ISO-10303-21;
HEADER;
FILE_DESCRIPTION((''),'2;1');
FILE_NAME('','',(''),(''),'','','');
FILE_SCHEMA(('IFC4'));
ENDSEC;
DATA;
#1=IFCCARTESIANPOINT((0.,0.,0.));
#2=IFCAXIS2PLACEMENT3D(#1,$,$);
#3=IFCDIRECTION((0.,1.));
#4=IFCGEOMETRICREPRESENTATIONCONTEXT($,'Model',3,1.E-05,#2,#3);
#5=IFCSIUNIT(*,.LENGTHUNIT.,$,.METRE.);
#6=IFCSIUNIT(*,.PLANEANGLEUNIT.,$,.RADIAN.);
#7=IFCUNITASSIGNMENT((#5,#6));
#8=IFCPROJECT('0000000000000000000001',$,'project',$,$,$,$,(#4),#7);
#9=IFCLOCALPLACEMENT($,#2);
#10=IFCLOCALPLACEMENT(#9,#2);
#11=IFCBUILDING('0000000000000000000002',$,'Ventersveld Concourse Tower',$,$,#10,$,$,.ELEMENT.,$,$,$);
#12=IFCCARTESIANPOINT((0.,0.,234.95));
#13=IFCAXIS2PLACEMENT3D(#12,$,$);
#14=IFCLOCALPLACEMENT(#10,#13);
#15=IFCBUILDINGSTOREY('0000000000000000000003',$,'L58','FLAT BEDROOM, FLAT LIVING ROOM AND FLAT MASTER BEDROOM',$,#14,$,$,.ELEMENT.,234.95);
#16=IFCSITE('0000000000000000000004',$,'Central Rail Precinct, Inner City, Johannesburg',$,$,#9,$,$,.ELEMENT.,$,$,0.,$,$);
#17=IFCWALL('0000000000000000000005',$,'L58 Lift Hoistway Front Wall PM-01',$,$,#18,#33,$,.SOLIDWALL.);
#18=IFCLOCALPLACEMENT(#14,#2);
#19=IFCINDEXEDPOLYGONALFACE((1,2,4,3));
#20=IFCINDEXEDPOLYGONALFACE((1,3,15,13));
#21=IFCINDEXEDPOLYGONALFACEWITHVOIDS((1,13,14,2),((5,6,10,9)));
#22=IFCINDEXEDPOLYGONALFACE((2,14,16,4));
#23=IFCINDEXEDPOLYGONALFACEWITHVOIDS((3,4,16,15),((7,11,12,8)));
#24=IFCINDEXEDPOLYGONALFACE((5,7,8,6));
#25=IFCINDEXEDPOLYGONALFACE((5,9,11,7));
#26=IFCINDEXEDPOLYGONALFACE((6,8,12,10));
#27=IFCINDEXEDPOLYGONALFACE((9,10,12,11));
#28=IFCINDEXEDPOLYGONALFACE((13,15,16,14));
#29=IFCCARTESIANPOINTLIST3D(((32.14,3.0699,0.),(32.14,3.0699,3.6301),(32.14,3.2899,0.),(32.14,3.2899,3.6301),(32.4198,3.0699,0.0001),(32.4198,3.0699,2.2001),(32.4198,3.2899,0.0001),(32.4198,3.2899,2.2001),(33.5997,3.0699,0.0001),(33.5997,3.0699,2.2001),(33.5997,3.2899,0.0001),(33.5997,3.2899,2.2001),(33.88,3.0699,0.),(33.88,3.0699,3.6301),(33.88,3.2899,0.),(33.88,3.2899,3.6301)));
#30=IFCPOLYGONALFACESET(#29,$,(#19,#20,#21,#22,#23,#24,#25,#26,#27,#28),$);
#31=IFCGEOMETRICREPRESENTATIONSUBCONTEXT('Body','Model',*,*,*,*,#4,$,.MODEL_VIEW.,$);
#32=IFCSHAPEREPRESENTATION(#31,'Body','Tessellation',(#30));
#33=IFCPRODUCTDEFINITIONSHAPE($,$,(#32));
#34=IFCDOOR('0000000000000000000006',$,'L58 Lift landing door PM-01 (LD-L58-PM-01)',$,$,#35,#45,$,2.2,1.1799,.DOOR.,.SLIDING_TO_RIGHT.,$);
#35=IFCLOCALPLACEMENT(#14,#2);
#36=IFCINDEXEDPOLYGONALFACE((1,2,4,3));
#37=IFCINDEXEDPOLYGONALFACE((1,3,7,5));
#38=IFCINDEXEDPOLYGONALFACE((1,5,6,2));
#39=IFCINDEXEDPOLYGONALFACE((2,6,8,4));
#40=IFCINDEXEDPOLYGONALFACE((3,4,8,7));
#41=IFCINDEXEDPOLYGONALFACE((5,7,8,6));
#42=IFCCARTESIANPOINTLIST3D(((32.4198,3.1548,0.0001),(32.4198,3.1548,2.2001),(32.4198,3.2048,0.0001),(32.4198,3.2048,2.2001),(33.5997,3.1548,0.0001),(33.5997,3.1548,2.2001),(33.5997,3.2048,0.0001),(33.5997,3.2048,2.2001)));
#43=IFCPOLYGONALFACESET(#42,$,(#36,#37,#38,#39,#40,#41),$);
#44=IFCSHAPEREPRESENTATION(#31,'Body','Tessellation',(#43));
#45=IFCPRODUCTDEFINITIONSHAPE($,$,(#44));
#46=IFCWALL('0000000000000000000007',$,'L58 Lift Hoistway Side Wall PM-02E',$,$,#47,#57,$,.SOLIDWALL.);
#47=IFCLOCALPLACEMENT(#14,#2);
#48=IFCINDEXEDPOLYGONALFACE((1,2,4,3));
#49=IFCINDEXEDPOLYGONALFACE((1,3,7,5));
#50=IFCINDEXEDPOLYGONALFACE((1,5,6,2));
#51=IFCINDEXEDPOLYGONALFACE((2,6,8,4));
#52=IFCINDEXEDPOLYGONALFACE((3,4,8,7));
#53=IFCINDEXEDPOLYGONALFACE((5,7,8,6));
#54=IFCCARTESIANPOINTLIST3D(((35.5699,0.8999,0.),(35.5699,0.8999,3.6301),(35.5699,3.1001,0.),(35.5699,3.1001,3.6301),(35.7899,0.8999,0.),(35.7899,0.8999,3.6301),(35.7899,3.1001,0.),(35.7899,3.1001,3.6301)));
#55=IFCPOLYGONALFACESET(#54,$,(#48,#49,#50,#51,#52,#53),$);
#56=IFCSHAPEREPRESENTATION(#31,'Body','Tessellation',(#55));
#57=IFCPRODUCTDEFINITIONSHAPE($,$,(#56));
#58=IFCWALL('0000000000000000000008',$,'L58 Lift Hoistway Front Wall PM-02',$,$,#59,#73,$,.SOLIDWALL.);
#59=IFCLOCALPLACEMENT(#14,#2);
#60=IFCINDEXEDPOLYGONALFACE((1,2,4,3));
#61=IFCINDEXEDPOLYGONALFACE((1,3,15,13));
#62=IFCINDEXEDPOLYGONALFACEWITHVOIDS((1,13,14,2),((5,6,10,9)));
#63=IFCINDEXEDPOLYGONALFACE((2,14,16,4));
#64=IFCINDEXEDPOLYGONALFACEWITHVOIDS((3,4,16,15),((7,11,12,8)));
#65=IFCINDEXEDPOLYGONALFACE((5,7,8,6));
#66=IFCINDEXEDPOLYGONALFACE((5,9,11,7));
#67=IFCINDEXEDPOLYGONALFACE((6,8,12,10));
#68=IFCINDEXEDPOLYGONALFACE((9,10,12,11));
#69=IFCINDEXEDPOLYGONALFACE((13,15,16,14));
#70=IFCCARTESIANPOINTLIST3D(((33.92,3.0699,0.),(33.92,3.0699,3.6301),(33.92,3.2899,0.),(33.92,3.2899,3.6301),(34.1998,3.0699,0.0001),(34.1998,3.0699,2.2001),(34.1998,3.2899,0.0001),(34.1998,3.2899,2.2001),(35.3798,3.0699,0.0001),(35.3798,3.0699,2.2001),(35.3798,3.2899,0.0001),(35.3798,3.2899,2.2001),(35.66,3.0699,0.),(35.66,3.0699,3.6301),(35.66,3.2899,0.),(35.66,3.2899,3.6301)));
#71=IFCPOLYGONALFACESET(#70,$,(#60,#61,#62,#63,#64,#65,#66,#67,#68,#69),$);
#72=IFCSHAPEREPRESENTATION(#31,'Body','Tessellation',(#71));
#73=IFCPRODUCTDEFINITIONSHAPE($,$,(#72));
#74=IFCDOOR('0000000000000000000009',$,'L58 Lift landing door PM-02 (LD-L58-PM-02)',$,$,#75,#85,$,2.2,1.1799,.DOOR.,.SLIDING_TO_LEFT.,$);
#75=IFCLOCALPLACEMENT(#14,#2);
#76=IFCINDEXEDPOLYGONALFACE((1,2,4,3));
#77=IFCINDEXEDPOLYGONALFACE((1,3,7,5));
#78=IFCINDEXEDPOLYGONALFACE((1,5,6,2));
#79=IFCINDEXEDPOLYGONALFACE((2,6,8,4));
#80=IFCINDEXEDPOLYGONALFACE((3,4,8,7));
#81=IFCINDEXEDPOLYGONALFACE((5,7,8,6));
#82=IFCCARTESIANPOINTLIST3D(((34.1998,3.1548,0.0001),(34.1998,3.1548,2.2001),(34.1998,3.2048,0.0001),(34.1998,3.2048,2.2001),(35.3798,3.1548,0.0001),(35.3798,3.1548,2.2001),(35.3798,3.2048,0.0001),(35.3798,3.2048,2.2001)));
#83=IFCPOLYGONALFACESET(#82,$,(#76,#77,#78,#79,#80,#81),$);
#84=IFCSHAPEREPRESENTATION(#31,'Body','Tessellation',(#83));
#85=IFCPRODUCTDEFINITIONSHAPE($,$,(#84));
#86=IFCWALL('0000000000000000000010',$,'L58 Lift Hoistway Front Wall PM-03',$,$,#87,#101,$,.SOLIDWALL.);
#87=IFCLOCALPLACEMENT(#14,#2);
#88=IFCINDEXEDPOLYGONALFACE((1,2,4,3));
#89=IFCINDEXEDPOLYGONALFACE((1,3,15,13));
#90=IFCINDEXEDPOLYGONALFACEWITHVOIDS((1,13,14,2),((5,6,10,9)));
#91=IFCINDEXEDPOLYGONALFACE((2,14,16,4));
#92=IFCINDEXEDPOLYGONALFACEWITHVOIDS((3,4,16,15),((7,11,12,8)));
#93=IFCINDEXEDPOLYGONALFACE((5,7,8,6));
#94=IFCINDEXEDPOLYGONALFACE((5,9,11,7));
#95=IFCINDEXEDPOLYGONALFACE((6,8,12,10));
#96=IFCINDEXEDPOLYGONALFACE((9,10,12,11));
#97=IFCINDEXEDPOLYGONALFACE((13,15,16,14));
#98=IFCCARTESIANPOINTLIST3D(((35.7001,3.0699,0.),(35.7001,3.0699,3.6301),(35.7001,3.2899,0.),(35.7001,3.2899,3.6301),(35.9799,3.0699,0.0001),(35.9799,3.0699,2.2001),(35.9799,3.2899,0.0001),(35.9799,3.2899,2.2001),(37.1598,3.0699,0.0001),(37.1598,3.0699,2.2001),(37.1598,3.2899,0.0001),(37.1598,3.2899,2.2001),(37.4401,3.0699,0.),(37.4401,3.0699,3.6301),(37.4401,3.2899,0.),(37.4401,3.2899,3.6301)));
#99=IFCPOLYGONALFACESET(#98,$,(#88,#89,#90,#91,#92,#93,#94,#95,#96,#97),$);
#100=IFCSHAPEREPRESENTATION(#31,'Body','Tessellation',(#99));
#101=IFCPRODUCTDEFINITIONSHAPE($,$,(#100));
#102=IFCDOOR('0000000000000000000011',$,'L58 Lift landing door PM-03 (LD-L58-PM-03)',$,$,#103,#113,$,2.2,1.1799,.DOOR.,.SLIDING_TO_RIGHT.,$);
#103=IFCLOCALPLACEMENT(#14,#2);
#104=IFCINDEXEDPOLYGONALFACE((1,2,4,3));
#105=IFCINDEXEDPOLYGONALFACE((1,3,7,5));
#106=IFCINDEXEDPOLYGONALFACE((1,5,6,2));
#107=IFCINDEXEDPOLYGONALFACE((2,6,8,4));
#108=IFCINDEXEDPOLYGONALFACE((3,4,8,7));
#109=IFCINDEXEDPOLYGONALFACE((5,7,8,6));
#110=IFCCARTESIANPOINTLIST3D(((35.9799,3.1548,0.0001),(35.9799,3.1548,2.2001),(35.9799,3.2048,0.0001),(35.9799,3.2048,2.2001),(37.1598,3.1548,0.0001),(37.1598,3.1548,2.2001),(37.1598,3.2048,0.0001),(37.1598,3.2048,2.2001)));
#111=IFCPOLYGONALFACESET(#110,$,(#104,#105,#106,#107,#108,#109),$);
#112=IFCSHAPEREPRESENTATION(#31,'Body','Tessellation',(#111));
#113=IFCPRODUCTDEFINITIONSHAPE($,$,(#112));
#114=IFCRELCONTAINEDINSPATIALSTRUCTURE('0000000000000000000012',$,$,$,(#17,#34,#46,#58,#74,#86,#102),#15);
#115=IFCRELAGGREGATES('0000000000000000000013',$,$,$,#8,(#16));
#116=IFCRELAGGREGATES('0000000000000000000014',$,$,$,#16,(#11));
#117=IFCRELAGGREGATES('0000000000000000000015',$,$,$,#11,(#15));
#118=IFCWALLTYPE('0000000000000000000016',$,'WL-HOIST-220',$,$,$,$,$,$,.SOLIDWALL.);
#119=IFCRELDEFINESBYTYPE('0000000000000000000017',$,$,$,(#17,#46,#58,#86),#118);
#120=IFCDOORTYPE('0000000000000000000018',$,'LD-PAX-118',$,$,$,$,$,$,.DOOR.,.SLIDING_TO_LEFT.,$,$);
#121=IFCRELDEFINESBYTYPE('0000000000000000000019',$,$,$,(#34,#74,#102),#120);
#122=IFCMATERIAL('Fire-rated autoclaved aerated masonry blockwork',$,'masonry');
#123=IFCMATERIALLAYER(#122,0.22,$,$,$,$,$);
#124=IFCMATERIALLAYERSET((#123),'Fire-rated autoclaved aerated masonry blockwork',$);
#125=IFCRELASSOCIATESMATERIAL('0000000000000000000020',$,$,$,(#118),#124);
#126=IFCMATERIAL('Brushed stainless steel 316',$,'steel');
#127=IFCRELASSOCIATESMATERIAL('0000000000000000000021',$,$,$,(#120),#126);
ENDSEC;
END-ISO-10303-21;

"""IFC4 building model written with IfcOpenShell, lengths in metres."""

from ifc_helpers import new_model, si_unit, direction, frame, frame_2d, origin, place, context, subcontext, project, spatial, rectangle, extrude, material, layer, layer_set, type_object, element, fill, save


model = new_model("IFC4")

# Units and contexts
model_context = context("Model", 3, precision=1e-05, world=origin(), true_north=direction((0.0, 1.0)))
body_context = subcontext(model_context, "Body", "Model", "MODEL_VIEW")
ifc_project = project(units=[si_unit("LENGTHUNIT", "METRE"), si_unit("PLANEANGLEUNIT", "RADIAN")], contexts=[model_context])

# Site, building, storey
site_placement = place(None, origin())
site = spatial("IfcSite", under=ifc_project, at=site_placement, Name="Central Rail Precinct, Inner City, Johannesburg", CompositionType="ELEMENT", RefElevation=0.0)
building_placement = place(site_placement, origin())
building = spatial("IfcBuilding", under=site, at=building_placement, Name="Ventersveld Concourse Tower", CompositionType="ELEMENT")
storey_placement = place(building_placement, frame((0.0, 0.0, 234.95)))
storey = spatial("IfcBuildingStorey", under=building, at=storey_placement, Name="L58", Description="FLAT BEDROOM, FLAT LIVING ROOM AND FLAT MASTER BEDROOM", CompositionType="ELEMENT", Elevation=234.95)

# Shared definitions
ifc_material_1 = material(Name="Fire-rated autoclaved aerated masonry blockwork", Category="masonry")
ifc_layer_1 = layer(ifc_material_1, 0.22)
ifc_layer_set_1 = layer_set([ifc_layer_1], Name="Fire-rated autoclaved aerated masonry blockwork")
wall_type_1 = type_object("IfcWallType", Name="WL-HOIST-220", PredefinedType="SOLIDWALL", material=ifc_layer_set_1)

# Wall, opening, door
wall_1_placement = place(storey_placement, frame((32.1399, 3.1799, 0.0), z_axis=(0.0, 0.0, 1.0), x_axis=(1.0, 0.0, 0.0)))
wall_1 = element("IfcWall", 1, at=wall_1_placement, inside=storey, type_object=wall_type_1, Name="L58 Lift Hoistway Front Wall PM-01", PredefinedType="SOLIDWALL", context=body_context, shape_type="SweptSolid", body=[
    extrude(rectangle(XDim=1.74, YDim=0.22, at=frame_2d((0.8701, 0.0))), origin(), (0.0, 0.0, 1.0), 3.6301),
])
opening_1_placement = place(wall_1_placement, frame((0.28, 0.0, 0.0)))
opening_1 = element("IfcOpeningElement", 2, at=opening_1_placement, cuts=wall_1, PredefinedType="OPENING", context=body_context, shape_type="SweptSolid", body=[
    extrude(rectangle(XDim=1.1799, YDim=2.2, at=frame_2d((0.5898, 1.1001))), frame((0.0, 0.1201, 0.0), z_axis=(0.0, -1.0, 0.0), x_axis=(1.0, 0.0, 0.0)), (0.0, 0.0, 1.0), 0.24),
])
ifc_material_2 = material(Name="Brushed stainless steel 316", Category="steel")
door_type = type_object("IfcDoorType", Name="LD-PAX-118", OperationType="SLIDING_TO_LEFT", PredefinedType="DOOR", material=ifc_material_2)
door_1_placement = place(opening_1_placement, origin())
door_1 = element("IfcDoor", 3, at=door_1_placement, inside=storey, type_object=door_type, Name="L58 Lift landing door PM-01 (LD-L58-PM-01)", OperationType="SLIDING_TO_RIGHT", OverallHeight=2.2, OverallWidth=1.1799, PredefinedType="DOOR", context=body_context, shape_type="SweptSolid", body=[
    extrude(rectangle(XDim=1.1799, YDim=2.2, at=frame_2d((0.5898, 1.1001))), frame((0.0, 0.0249, 0.0), z_axis=(0.0, -1.0, 0.0), x_axis=(1.0, 0.0, 0.0)), (0.0, 0.0, 1.0), 0.05),
])
fill(opening_1, door_1)

# Wall
wall_2_placement = place(storey_placement, frame((35.6799, 0.8999, 0.0), z_axis=(0.0, 0.0, 1.0), x_axis=(0.0, 1.0, 0.0)))
element("IfcWall", 4, at=wall_2_placement, inside=storey, type_object=wall_type_1, Name="L58 Lift Hoistway Side Wall PM-02E", PredefinedType="SOLIDWALL", context=body_context, shape_type="SweptSolid", body=[
    extrude(rectangle(XDim=2.2002, YDim=0.22, at=frame_2d((1.1001, 0.0))), origin(), (0.0, 0.0, 1.0), 3.6301),
])

# Walls, openings, doors
wall_3_placement = place(storey_placement, frame((33.9199, 3.1799, 0.0), z_axis=(0.0, 0.0, 1.0), x_axis=(1.0, 0.0, 0.0)))
wall_3 = element("IfcWall", 5, at=wall_3_placement, inside=storey, type_object=wall_type_1, Name="L58 Lift Hoistway Front Wall PM-02", PredefinedType="SOLIDWALL", context=body_context, shape_type="SweptSolid", body=[
    extrude(rectangle(XDim=1.74, YDim=0.22, at=frame_2d((0.8701, 0.0))), origin(), (0.0, 0.0, 1.0), 3.6301),
])
opening_2_placement = place(wall_3_placement, frame((0.28, 0.0, 0.0)))
opening_2 = element("IfcOpeningElement", 6, at=opening_2_placement, cuts=wall_3, PredefinedType="OPENING", context=body_context, shape_type="SweptSolid", body=[
    extrude(rectangle(XDim=1.1799, YDim=2.2, at=frame_2d((0.5898, 1.1001))), frame((0.0, 0.1201, 0.0), z_axis=(0.0, -1.0, 0.0), x_axis=(1.0, 0.0, 0.0)), (0.0, 0.0, 1.0), 0.24),
])
door_2_placement = place(opening_2_placement, origin())
door_2 = element("IfcDoor", 7, at=door_2_placement, inside=storey, type_object=door_type, Name="L58 Lift landing door PM-02 (LD-L58-PM-02)", OperationType="SLIDING_TO_LEFT", OverallHeight=2.2, OverallWidth=1.1799, PredefinedType="DOOR", context=body_context, shape_type="SweptSolid", body=[
    extrude(rectangle(XDim=1.1799, YDim=2.2, at=frame_2d((0.5898, 1.1001))), frame((0.0, 0.0249, 0.0), z_axis=(0.0, -1.0, 0.0), x_axis=(1.0, 0.0, 0.0)), (0.0, 0.0, 1.0), 0.05),
])
fill(opening_2, door_2)
wall_4_placement = place(storey_placement, frame((35.7, 3.1799, 0.0), z_axis=(0.0, 0.0, 1.0), x_axis=(1.0, 0.0, 0.0)))
wall_4 = element("IfcWall", 8, at=wall_4_placement, inside=storey, type_object=wall_type_1, Name="L58 Lift Hoistway Front Wall PM-03", PredefinedType="SOLIDWALL", context=body_context, shape_type="SweptSolid", body=[
    extrude(rectangle(XDim=1.74, YDim=0.22, at=frame_2d((0.8701, 0.0))), origin(), (0.0, 0.0, 1.0), 3.6301),
])
opening_3_placement = place(wall_4_placement, frame((0.28, 0.0, 0.0)))
opening_3 = element("IfcOpeningElement", 9, at=opening_3_placement, cuts=wall_4, PredefinedType="OPENING", context=body_context, shape_type="SweptSolid", body=[
    extrude(rectangle(XDim=1.1799, YDim=2.2, at=frame_2d((0.5898, 1.1001))), frame((0.0, 0.1201, 0.0), z_axis=(0.0, -1.0, 0.0), x_axis=(1.0, 0.0, 0.0)), (0.0, 0.0, 1.0), 0.24),
])
door_3_placement = place(opening_3_placement, origin())
door_3 = element("IfcDoor", 10, at=door_3_placement, inside=storey, type_object=door_type, Name="L58 Lift landing door PM-03 (LD-L58-PM-03)", OperationType="SLIDING_TO_RIGHT", OverallHeight=2.2, OverallWidth=1.1799, PredefinedType="DOOR", context=body_context, shape_type="SweptSolid", body=[
    extrude(rectangle(XDim=1.1799, YDim=2.2, at=frame_2d((0.5898, 1.1001))), frame((0.0, 0.0249, 0.0), z_axis=(0.0, -1.0, 0.0), x_axis=(1.0, 0.0, 0.0)), (0.0, 0.0, 1.0), 0.05),
])
fill(opening_3, door_3)

save(model, "model.ifc")
